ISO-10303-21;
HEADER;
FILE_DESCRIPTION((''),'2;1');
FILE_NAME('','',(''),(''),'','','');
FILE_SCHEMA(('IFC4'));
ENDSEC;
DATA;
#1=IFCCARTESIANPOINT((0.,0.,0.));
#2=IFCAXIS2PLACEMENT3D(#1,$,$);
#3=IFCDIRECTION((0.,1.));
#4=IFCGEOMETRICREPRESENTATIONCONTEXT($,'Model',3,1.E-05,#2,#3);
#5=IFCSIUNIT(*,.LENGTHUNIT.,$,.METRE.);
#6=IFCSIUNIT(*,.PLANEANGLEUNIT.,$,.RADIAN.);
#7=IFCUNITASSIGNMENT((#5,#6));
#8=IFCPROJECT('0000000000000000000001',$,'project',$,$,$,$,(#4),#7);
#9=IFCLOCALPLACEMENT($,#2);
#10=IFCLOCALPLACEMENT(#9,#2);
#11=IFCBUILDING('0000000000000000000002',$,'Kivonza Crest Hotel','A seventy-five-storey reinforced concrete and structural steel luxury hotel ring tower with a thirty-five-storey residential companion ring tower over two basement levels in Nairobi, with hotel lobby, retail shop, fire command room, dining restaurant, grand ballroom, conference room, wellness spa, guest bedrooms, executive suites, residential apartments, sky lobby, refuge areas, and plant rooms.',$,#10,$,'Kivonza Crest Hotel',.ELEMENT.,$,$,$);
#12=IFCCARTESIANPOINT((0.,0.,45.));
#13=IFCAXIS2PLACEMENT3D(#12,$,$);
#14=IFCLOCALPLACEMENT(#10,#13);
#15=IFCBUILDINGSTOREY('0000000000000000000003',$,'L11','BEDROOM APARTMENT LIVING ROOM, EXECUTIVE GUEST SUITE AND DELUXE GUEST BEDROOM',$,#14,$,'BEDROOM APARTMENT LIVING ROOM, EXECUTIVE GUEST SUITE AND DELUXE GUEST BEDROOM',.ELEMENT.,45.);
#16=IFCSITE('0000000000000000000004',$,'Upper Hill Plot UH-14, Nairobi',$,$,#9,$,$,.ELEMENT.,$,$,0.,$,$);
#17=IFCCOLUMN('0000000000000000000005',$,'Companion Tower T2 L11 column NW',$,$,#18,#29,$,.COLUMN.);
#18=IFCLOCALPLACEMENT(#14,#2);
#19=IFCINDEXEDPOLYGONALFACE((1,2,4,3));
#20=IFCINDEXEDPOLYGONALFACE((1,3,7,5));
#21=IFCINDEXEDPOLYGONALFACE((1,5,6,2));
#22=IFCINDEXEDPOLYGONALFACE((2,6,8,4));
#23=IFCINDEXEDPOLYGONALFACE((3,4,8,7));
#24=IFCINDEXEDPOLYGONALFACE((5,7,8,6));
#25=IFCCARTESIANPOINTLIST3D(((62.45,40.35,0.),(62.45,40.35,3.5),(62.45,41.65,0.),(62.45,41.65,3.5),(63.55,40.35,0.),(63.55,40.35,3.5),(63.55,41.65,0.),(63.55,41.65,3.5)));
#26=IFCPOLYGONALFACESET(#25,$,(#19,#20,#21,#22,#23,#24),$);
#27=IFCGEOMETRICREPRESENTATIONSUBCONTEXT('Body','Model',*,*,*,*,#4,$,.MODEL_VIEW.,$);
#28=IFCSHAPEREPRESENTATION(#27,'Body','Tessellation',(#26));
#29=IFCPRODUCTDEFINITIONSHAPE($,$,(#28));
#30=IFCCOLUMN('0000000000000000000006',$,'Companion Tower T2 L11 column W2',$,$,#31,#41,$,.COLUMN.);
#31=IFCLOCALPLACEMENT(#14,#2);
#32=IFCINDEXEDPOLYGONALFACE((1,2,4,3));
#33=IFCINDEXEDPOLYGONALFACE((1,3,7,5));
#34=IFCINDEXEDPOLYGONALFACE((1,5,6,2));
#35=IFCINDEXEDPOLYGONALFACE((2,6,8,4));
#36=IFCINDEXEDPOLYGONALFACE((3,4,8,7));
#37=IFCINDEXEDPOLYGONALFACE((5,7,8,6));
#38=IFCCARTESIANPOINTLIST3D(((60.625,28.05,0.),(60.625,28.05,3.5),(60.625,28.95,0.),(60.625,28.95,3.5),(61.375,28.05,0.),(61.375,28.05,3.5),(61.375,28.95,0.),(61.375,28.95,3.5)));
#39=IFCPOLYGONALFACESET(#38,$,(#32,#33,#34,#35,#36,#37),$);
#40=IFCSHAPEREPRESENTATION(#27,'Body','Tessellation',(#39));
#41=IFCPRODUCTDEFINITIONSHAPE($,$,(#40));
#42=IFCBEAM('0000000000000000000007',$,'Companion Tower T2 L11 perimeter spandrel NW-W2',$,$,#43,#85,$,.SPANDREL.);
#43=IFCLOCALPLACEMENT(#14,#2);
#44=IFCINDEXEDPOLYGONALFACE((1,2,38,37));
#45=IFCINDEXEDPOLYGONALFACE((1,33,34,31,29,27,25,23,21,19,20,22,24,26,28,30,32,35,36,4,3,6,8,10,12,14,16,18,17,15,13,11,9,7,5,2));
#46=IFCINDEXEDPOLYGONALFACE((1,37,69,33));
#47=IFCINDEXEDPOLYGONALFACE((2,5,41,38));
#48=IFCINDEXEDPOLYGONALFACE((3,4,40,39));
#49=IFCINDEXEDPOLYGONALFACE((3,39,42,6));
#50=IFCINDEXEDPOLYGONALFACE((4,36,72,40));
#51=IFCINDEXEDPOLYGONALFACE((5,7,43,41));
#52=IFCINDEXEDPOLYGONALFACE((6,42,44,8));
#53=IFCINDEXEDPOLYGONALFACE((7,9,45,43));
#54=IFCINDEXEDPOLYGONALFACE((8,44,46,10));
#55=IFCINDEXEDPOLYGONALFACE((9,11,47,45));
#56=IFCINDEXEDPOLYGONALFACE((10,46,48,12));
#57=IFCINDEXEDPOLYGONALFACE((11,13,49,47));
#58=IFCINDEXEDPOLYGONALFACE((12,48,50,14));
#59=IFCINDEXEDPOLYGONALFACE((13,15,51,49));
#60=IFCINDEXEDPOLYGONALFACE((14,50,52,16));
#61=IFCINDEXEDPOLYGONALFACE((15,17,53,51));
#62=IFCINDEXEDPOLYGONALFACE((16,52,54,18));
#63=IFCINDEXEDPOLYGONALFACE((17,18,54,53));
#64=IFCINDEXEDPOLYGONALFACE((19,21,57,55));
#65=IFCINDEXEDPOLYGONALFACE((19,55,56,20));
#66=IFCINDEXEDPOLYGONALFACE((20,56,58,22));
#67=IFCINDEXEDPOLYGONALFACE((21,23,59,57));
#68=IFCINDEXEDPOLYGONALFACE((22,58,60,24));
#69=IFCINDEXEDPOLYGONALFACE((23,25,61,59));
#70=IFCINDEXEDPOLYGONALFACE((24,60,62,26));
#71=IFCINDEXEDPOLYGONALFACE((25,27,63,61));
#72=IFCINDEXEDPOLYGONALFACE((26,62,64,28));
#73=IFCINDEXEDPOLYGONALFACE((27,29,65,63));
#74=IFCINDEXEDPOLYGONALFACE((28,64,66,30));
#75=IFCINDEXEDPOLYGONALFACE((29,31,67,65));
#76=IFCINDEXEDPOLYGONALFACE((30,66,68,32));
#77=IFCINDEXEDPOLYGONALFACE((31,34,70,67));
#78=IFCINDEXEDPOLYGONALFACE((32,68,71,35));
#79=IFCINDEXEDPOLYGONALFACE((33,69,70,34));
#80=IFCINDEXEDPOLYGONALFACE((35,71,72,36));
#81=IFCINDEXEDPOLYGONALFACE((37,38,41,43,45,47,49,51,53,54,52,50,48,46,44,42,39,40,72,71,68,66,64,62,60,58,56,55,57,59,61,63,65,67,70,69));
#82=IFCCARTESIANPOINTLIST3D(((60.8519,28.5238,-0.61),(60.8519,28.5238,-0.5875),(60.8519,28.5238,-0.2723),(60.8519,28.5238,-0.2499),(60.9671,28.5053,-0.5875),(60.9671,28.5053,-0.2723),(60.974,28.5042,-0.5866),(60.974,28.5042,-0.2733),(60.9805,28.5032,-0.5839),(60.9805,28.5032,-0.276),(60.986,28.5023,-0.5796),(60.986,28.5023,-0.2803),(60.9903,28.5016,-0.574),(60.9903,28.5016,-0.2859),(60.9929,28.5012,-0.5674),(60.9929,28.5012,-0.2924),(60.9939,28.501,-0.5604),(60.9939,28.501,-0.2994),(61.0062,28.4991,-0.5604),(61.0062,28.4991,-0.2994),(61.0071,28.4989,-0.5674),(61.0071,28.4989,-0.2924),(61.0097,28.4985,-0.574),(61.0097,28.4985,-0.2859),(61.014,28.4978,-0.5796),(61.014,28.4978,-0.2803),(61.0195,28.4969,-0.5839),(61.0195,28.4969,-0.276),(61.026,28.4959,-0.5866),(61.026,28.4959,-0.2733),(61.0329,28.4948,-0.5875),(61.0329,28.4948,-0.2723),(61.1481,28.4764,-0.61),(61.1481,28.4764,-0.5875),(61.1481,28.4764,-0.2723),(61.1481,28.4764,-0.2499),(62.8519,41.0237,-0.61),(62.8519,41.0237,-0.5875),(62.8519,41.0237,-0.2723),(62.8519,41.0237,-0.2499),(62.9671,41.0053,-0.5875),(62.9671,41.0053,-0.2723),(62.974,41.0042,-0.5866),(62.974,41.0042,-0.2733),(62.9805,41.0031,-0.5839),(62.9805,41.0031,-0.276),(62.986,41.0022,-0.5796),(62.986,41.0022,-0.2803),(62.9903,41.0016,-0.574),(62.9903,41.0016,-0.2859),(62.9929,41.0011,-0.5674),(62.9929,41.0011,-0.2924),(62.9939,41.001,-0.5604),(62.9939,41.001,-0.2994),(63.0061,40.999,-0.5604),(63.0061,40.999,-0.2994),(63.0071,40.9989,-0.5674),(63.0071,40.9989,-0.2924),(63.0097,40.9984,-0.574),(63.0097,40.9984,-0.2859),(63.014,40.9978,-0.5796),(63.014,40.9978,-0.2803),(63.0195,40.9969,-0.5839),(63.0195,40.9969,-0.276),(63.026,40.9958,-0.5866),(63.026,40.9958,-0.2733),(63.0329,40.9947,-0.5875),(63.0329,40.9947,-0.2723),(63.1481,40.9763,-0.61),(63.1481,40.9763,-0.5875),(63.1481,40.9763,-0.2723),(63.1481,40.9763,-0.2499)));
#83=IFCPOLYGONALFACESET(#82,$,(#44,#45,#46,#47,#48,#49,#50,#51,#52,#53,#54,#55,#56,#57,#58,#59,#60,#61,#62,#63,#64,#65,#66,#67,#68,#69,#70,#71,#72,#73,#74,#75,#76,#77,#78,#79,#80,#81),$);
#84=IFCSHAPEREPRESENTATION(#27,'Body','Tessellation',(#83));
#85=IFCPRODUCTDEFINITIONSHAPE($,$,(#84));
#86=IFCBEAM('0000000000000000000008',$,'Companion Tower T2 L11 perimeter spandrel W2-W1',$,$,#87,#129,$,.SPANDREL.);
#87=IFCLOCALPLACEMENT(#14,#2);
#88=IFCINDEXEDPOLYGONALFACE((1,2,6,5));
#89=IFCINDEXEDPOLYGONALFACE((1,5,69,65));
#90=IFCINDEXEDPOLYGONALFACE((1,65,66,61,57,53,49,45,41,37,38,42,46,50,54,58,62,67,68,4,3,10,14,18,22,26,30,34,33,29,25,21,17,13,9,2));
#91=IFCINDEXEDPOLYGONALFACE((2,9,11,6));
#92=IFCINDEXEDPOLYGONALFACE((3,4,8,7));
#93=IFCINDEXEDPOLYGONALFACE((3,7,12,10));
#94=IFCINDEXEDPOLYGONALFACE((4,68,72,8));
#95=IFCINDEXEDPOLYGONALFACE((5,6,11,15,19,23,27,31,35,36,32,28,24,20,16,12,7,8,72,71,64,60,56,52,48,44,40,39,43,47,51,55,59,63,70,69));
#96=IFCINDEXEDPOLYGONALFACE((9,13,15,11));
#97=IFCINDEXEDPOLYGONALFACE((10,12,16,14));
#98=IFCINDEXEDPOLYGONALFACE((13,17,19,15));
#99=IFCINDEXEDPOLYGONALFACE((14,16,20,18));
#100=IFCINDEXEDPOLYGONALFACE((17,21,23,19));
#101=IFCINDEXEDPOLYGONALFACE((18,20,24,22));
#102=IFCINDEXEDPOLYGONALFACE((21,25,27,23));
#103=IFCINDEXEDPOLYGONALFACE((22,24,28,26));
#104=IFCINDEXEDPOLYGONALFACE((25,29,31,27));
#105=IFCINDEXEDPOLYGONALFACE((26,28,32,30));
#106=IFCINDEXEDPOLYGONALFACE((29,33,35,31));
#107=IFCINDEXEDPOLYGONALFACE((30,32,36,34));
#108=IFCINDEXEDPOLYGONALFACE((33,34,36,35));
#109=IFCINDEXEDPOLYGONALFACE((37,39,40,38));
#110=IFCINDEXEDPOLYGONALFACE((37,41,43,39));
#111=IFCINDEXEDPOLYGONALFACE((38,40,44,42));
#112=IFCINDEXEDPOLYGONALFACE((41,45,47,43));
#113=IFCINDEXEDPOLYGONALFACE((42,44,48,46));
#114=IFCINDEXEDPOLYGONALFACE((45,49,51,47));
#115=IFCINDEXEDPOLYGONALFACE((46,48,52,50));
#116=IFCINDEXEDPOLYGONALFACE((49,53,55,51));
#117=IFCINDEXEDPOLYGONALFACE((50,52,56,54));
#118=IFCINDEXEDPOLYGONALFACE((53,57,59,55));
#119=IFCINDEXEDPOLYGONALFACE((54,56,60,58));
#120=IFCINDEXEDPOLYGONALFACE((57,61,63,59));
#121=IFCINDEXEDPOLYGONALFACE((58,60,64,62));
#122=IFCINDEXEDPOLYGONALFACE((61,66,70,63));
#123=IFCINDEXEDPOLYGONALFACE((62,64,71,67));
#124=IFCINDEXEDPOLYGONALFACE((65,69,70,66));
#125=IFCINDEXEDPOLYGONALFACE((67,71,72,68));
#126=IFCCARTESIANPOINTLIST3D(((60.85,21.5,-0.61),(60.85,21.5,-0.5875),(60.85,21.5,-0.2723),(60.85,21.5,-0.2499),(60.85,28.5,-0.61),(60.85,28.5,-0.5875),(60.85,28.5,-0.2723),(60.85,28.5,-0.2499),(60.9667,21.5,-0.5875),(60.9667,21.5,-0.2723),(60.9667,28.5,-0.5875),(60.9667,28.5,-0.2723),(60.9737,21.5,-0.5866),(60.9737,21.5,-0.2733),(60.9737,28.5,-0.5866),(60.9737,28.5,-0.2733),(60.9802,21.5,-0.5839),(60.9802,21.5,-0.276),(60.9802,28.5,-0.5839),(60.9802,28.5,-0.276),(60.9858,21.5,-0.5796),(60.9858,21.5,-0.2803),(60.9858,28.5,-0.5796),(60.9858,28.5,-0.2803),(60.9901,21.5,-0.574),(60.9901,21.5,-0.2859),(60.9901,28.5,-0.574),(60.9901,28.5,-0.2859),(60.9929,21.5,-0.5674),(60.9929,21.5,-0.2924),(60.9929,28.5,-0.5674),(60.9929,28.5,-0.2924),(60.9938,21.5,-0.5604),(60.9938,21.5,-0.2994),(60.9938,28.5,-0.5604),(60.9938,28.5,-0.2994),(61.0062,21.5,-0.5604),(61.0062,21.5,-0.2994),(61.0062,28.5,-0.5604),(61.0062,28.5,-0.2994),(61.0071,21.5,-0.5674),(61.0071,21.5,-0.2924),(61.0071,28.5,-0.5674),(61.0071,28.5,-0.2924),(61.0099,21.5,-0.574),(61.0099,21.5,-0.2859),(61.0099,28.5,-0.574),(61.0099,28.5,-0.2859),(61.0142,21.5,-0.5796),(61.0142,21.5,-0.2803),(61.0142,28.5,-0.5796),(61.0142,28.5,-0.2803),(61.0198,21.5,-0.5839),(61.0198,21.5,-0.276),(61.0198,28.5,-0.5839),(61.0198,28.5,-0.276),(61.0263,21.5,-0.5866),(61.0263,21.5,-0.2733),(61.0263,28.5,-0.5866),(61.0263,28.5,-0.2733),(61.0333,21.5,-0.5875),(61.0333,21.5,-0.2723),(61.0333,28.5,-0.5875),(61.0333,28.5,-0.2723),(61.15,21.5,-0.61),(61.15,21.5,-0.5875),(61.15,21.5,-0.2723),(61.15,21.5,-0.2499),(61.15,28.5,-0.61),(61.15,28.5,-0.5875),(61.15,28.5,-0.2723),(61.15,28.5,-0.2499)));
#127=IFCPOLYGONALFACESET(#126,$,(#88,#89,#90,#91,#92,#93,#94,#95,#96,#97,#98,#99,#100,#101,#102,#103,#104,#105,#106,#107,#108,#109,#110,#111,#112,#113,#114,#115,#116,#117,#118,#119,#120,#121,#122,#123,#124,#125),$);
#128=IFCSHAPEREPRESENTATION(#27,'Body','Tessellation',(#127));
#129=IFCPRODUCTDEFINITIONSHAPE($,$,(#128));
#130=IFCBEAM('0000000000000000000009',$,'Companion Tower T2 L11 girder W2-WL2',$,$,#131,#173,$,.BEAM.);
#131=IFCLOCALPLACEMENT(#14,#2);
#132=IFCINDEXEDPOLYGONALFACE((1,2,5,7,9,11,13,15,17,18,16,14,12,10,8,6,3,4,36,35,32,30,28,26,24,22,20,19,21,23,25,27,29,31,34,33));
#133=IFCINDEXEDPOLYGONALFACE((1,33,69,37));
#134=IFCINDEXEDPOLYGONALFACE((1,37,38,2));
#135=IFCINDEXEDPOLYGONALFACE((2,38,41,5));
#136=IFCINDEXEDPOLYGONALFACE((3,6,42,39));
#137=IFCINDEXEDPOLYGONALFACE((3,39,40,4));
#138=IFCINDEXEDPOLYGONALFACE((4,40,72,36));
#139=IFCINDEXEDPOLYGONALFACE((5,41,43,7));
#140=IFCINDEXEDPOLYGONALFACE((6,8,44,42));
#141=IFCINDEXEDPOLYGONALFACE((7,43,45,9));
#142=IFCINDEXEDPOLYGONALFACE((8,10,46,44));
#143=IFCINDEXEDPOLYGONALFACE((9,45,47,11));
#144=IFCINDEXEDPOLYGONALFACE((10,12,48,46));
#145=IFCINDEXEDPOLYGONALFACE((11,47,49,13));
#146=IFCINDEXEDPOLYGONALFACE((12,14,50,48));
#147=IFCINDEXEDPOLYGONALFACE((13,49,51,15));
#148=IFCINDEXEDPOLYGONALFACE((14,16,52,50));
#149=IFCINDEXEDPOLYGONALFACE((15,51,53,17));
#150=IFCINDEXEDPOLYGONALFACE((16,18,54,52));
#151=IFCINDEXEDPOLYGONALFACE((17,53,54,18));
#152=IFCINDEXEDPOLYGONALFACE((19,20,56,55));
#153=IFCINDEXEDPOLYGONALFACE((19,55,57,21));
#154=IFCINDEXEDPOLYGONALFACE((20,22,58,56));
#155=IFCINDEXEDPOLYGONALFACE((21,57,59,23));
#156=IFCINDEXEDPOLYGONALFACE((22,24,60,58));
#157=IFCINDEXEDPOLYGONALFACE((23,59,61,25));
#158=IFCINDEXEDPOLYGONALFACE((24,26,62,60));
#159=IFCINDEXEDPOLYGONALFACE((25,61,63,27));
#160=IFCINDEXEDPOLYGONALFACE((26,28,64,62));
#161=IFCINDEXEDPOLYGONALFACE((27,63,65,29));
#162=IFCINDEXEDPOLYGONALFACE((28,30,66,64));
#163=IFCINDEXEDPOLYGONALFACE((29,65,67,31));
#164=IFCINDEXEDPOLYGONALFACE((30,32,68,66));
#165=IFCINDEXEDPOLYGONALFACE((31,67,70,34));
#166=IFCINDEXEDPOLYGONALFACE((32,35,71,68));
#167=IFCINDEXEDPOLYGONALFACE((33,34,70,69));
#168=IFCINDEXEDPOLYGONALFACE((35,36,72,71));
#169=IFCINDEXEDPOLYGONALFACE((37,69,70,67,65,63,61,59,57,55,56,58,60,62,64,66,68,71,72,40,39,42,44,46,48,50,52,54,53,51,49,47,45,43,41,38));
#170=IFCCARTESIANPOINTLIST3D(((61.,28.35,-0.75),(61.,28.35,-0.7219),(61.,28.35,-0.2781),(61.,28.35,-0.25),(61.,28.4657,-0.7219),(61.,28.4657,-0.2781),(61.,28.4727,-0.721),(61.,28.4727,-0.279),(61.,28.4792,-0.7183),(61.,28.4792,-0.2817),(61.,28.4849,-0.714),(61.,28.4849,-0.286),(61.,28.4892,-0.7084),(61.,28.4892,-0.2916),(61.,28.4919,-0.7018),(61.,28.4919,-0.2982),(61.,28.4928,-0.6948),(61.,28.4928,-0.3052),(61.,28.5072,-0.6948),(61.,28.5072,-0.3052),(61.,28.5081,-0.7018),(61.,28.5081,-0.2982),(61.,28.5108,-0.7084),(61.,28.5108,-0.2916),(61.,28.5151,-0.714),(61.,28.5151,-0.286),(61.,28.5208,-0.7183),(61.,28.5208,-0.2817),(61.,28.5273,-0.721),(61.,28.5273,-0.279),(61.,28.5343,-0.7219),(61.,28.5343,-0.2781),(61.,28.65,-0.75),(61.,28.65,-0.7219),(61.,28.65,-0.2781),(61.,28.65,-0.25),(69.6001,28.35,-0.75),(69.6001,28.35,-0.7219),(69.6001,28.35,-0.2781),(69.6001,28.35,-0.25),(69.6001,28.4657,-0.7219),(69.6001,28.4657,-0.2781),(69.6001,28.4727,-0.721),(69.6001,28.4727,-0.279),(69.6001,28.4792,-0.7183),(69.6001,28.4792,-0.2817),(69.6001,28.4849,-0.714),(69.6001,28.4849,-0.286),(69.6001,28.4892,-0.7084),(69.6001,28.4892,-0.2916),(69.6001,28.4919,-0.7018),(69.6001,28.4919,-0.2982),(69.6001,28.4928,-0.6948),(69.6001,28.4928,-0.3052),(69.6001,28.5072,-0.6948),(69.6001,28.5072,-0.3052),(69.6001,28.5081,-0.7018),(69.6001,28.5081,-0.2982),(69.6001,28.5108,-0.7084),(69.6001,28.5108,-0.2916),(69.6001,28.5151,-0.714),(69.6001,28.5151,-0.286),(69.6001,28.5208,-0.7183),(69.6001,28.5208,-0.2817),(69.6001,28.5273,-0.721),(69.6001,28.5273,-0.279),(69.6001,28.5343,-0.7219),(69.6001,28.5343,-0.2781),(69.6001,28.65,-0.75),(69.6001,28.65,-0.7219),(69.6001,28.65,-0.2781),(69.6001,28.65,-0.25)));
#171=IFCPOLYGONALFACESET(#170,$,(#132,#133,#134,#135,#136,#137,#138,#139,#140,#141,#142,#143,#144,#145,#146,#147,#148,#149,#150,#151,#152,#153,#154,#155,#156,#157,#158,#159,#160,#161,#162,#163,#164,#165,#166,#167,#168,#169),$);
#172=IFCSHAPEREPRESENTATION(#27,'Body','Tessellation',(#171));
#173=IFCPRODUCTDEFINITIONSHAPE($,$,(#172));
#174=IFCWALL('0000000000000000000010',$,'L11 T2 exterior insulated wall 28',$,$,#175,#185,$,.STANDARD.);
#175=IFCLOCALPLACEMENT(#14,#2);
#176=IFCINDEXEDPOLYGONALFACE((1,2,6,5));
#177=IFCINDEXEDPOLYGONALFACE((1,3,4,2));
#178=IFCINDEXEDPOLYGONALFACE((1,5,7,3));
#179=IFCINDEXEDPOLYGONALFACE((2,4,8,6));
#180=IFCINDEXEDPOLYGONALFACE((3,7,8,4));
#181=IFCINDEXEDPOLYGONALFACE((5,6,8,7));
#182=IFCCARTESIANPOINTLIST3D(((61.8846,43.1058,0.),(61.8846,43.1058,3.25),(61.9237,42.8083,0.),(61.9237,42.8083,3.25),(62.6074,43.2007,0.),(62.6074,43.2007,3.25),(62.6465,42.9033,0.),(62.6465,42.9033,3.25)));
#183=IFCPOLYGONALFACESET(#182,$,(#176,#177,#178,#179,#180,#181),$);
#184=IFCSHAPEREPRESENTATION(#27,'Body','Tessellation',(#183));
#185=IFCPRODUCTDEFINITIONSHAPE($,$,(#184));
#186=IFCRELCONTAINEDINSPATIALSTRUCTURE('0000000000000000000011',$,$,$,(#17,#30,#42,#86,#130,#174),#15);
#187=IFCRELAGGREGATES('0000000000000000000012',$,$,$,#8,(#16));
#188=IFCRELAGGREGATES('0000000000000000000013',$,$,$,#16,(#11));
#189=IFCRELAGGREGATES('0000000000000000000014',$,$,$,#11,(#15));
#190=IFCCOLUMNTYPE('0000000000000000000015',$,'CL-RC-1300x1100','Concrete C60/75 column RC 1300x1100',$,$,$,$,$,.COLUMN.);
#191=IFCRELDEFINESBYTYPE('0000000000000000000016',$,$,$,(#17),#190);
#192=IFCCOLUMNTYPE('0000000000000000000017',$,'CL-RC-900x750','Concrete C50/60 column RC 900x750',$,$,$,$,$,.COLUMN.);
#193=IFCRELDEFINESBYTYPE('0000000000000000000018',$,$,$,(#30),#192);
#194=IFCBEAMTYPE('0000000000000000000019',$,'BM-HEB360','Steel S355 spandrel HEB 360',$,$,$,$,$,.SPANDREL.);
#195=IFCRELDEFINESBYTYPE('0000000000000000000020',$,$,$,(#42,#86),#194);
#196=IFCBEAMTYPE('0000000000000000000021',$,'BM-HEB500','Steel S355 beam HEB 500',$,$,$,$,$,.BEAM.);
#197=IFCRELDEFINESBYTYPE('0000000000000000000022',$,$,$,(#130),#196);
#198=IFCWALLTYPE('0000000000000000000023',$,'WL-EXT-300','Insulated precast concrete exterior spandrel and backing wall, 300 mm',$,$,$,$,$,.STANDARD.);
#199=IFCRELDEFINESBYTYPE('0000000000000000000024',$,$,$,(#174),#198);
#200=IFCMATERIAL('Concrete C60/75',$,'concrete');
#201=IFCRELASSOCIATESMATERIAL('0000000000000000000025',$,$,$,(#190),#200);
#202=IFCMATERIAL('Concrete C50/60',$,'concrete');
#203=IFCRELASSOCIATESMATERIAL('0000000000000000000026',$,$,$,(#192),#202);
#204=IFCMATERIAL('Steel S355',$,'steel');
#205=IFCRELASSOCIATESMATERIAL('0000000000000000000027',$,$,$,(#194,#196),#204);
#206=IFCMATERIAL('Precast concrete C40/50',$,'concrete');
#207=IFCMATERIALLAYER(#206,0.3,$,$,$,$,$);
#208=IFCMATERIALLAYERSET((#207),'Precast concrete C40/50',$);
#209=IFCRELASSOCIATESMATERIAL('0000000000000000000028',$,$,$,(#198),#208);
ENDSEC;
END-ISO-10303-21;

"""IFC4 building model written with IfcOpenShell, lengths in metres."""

from ifc_helpers import new_model, si_unit, direction, frame, frame_2d, origin, origin_2d, place, context, subcontext, project, spatial, rectangle, i_section, extrude, material, layer, layer_set, material_profile, profile_set, type_object, element, save


model = new_model("IFC4")

# Units and contexts
model_context = context("Model", 3, precision=1e-05, world=origin(), true_north=direction((0.0, 1.0)))
body_context = subcontext(model_context, "Body", "Model", "MODEL_VIEW")
ifc_project = project(units=[si_unit("LENGTHUNIT", "METRE"), si_unit("PLANEANGLEUNIT", "RADIAN")], contexts=[model_context])

# Site, building, storey
site_placement = place(None, origin())
site = spatial("IfcSite", under=ifc_project, at=site_placement, Name="Upper Hill Plot UH-14, Nairobi", CompositionType="ELEMENT", RefElevation=0.0)
building_placement = place(site_placement, origin())
building = spatial("IfcBuilding", under=site, at=building_placement, Name="Kivonza Crest Hotel", Description="A seventy-five-storey reinforced concrete and structural steel luxury hotel ring tower with a thirty-five-storey residential companion ring tower over two basement levels in Nairobi, with hotel lobby, retail shop, fire command room, dining restaurant, grand ballroom, conference room, wellness spa, guest bedrooms, executive suites, residential apartments, sky lobby, refuge areas, and plant rooms.", LongName="Kivonza Crest Hotel", CompositionType="ELEMENT")
storey_placement = place(building_placement, frame((0.0, 0.0, 45.0)))
storey = spatial("IfcBuildingStorey", under=building, at=storey_placement, Name="L11", Description="BEDROOM APARTMENT LIVING ROOM, EXECUTIVE GUEST SUITE AND DELUXE GUEST BEDROOM", LongName="BEDROOM APARTMENT LIVING ROOM, EXECUTIVE GUEST SUITE AND DELUXE GUEST BEDROOM", CompositionType="ELEMENT", Elevation=45.0)

# Columns
ifc_material_1 = material(Name="Concrete C60/75", Category="concrete")
ifc_material_profile_1 = material_profile(ifc_material_1, rectangle(XDim=1.1001, YDim=1.3, at=origin_2d()), Name="RC 1300x1100")
ifc_profile_set_1 = profile_set([ifc_material_profile_1], Name="Concrete C60/75")
column_type_1 = type_object("IfcColumnType", Name="CL-RC-1300x1100", Description="Concrete C60/75 column RC 1300x1100", PredefinedType="COLUMN", material=ifc_profile_set_1)
column_1_placement = place(storey_placement, frame((63.0, 41.0, 0.0), z_axis=(0.0, 0.0, 1.0), x_axis=(1.0, 0.0, 0.0)))
element("IfcColumn", 1, at=column_1_placement, inside=storey, type_object=column_type_1, Name="Companion Tower T2 L11 column NW", PredefinedType="COLUMN", context=body_context, shape_type="SweptSolid", body=[
    extrude(rectangle(XDim=1.1001, YDim=1.3, at=origin_2d()), origin(), (0.0, 0.0, 1.0), 3.5),
])
ifc_material_2 = material(Name="Concrete C50/60", Category="concrete")
ifc_material_profile_2 = material_profile(ifc_material_2, rectangle(XDim=0.75, YDim=0.8999, at=origin_2d()), Name="RC 900x750")
ifc_profile_set_2 = profile_set([ifc_material_profile_2], Name="Concrete C50/60")
column_type_2 = type_object("IfcColumnType", Name="CL-RC-900x750", Description="Concrete C50/60 column RC 900x750", PredefinedType="COLUMN", material=ifc_profile_set_2)
column_2_placement = place(storey_placement, frame((61.0, 28.5, 0.0), z_axis=(0.0, 0.0, 1.0), x_axis=(1.0, 0.0, 0.0)))
element("IfcColumn", 2, at=column_2_placement, inside=storey, type_object=column_type_2, Name="Companion Tower T2 L11 column W2", PredefinedType="COLUMN", context=body_context, shape_type="SweptSolid", body=[
    extrude(rectangle(XDim=0.75, YDim=0.8999, at=origin_2d()), origin(), (0.0, 0.0, 1.0), 3.5),
])

# Beams
ifc_material_3 = material(Name="Steel S355", Category="steel")
ifc_material_profile_3 = material_profile(ifc_material_3, i_section(OverallWidth=0.3, OverallDepth=0.3601, WebThickness=0.0125, FlangeThickness=0.0225, FilletRadius=0.0271, at=origin_2d()), Name="HEB 360")
ifc_profile_set_3 = profile_set([ifc_material_profile_3], Name="Steel S355")
beam_type_1 = type_object("IfcBeamType", Name="BM-HEB360", Description="Steel S355 spandrel HEB 360", PredefinedType="SPANDREL", material=ifc_profile_set_3)
beam_1_placement = place(storey_placement, frame((63.0, 41.0, -0.4299), z_axis=(-0.157991, -0.987441, 0.0), x_axis=(0.987441, -0.157991, 0.0)))
element("IfcBeam", 3, at=beam_1_placement, inside=storey, type_object=beam_type_1, Name="Companion Tower T2 L11 perimeter spandrel NW-W2", PredefinedType="SPANDREL", context=body_context, shape_type="SweptSolid", body=[
    extrude(i_section(OverallWidth=0.3, OverallDepth=0.3601, WebThickness=0.0125, FlangeThickness=0.0225, FilletRadius=0.0271, at=origin_2d()), origin(), (0.0, 0.0, 1.0), 12.6589),
])
beam_2_placement = place(storey_placement, frame((61.0, 28.5, -0.4299), z_axis=(0.0, -1.0, 0.0), x_axis=(1.0, 0.0, 0.0)))
element("IfcBeam", 4, at=beam_2_placement, inside=storey, type_object=beam_type_1, Name="Companion Tower T2 L11 perimeter spandrel W2-W1", PredefinedType="SPANDREL", context=body_context, shape_type="SweptSolid", body=[
    extrude(i_section(OverallWidth=0.3, OverallDepth=0.3601, WebThickness=0.0125, FlangeThickness=0.0225, FilletRadius=0.0271, at=origin_2d()), origin(), (0.0, 0.0, 1.0), 7.0),
])
ifc_material_profile_4 = material_profile(ifc_material_3, i_section(OverallWidth=0.3, OverallDepth=0.5, WebThickness=0.0144, FlangeThickness=0.0281, FilletRadius=0.0271, at=origin_2d()), Name="HEB 500")
ifc_profile_set_4 = profile_set([ifc_material_profile_4], Name="Steel S355")
beam_type_2 = type_object("IfcBeamType", Name="BM-HEB500", Description="Steel S355 beam HEB 500", PredefinedType="BEAM", material=ifc_profile_set_4)
beam_3_placement = place(storey_placement, frame((61.0, 28.5, -0.5), z_axis=(1.0, 0.0, 0.0), x_axis=(0.0, 1.0, 0.0)))
element("IfcBeam", 5, at=beam_3_placement, inside=storey, type_object=beam_type_2, Name="Companion Tower T2 L11 girder W2-WL2", PredefinedType="BEAM", context=body_context, shape_type="SweptSolid", body=[
    extrude(i_section(OverallWidth=0.3, OverallDepth=0.5, WebThickness=0.0144, FlangeThickness=0.0281, FilletRadius=0.0271, at=origin_2d()), origin(), (0.0, 0.0, 1.0), 8.6001),
])

# Wall
ifc_material_4 = material(Name="Precast concrete C40/50", Category="concrete")
ifc_layer_1 = layer(ifc_material_4, 0.3)
ifc_layer_set_1 = layer_set([ifc_layer_1], Name="Precast concrete C40/50")
wall_type_1 = type_object("IfcWallType", Name="WL-EXT-300", Description="Insulated precast concrete exterior spandrel and backing wall, 300 mm", PredefinedType="STANDARD", material=ifc_layer_set_1)
wall_1_placement = place(storey_placement, frame((62.627, 43.052, 0.0), z_axis=(0.0, 0.0, 1.0), x_axis=(-0.99148, -0.130255, 0.0)))
element("IfcWall", 6, at=wall_1_placement, inside=storey, type_object=wall_type_1, Name="L11 T2 exterior insulated wall 28", PredefinedType="STANDARD", context=body_context, shape_type="SweptSolid", body=[
    extrude(rectangle(XDim=0.729, YDim=0.3, at=frame_2d((0.3645, 0.0))), origin(), (0.0, 0.0, 1.0), 3.25),
])

save(model, "model.ifc")
